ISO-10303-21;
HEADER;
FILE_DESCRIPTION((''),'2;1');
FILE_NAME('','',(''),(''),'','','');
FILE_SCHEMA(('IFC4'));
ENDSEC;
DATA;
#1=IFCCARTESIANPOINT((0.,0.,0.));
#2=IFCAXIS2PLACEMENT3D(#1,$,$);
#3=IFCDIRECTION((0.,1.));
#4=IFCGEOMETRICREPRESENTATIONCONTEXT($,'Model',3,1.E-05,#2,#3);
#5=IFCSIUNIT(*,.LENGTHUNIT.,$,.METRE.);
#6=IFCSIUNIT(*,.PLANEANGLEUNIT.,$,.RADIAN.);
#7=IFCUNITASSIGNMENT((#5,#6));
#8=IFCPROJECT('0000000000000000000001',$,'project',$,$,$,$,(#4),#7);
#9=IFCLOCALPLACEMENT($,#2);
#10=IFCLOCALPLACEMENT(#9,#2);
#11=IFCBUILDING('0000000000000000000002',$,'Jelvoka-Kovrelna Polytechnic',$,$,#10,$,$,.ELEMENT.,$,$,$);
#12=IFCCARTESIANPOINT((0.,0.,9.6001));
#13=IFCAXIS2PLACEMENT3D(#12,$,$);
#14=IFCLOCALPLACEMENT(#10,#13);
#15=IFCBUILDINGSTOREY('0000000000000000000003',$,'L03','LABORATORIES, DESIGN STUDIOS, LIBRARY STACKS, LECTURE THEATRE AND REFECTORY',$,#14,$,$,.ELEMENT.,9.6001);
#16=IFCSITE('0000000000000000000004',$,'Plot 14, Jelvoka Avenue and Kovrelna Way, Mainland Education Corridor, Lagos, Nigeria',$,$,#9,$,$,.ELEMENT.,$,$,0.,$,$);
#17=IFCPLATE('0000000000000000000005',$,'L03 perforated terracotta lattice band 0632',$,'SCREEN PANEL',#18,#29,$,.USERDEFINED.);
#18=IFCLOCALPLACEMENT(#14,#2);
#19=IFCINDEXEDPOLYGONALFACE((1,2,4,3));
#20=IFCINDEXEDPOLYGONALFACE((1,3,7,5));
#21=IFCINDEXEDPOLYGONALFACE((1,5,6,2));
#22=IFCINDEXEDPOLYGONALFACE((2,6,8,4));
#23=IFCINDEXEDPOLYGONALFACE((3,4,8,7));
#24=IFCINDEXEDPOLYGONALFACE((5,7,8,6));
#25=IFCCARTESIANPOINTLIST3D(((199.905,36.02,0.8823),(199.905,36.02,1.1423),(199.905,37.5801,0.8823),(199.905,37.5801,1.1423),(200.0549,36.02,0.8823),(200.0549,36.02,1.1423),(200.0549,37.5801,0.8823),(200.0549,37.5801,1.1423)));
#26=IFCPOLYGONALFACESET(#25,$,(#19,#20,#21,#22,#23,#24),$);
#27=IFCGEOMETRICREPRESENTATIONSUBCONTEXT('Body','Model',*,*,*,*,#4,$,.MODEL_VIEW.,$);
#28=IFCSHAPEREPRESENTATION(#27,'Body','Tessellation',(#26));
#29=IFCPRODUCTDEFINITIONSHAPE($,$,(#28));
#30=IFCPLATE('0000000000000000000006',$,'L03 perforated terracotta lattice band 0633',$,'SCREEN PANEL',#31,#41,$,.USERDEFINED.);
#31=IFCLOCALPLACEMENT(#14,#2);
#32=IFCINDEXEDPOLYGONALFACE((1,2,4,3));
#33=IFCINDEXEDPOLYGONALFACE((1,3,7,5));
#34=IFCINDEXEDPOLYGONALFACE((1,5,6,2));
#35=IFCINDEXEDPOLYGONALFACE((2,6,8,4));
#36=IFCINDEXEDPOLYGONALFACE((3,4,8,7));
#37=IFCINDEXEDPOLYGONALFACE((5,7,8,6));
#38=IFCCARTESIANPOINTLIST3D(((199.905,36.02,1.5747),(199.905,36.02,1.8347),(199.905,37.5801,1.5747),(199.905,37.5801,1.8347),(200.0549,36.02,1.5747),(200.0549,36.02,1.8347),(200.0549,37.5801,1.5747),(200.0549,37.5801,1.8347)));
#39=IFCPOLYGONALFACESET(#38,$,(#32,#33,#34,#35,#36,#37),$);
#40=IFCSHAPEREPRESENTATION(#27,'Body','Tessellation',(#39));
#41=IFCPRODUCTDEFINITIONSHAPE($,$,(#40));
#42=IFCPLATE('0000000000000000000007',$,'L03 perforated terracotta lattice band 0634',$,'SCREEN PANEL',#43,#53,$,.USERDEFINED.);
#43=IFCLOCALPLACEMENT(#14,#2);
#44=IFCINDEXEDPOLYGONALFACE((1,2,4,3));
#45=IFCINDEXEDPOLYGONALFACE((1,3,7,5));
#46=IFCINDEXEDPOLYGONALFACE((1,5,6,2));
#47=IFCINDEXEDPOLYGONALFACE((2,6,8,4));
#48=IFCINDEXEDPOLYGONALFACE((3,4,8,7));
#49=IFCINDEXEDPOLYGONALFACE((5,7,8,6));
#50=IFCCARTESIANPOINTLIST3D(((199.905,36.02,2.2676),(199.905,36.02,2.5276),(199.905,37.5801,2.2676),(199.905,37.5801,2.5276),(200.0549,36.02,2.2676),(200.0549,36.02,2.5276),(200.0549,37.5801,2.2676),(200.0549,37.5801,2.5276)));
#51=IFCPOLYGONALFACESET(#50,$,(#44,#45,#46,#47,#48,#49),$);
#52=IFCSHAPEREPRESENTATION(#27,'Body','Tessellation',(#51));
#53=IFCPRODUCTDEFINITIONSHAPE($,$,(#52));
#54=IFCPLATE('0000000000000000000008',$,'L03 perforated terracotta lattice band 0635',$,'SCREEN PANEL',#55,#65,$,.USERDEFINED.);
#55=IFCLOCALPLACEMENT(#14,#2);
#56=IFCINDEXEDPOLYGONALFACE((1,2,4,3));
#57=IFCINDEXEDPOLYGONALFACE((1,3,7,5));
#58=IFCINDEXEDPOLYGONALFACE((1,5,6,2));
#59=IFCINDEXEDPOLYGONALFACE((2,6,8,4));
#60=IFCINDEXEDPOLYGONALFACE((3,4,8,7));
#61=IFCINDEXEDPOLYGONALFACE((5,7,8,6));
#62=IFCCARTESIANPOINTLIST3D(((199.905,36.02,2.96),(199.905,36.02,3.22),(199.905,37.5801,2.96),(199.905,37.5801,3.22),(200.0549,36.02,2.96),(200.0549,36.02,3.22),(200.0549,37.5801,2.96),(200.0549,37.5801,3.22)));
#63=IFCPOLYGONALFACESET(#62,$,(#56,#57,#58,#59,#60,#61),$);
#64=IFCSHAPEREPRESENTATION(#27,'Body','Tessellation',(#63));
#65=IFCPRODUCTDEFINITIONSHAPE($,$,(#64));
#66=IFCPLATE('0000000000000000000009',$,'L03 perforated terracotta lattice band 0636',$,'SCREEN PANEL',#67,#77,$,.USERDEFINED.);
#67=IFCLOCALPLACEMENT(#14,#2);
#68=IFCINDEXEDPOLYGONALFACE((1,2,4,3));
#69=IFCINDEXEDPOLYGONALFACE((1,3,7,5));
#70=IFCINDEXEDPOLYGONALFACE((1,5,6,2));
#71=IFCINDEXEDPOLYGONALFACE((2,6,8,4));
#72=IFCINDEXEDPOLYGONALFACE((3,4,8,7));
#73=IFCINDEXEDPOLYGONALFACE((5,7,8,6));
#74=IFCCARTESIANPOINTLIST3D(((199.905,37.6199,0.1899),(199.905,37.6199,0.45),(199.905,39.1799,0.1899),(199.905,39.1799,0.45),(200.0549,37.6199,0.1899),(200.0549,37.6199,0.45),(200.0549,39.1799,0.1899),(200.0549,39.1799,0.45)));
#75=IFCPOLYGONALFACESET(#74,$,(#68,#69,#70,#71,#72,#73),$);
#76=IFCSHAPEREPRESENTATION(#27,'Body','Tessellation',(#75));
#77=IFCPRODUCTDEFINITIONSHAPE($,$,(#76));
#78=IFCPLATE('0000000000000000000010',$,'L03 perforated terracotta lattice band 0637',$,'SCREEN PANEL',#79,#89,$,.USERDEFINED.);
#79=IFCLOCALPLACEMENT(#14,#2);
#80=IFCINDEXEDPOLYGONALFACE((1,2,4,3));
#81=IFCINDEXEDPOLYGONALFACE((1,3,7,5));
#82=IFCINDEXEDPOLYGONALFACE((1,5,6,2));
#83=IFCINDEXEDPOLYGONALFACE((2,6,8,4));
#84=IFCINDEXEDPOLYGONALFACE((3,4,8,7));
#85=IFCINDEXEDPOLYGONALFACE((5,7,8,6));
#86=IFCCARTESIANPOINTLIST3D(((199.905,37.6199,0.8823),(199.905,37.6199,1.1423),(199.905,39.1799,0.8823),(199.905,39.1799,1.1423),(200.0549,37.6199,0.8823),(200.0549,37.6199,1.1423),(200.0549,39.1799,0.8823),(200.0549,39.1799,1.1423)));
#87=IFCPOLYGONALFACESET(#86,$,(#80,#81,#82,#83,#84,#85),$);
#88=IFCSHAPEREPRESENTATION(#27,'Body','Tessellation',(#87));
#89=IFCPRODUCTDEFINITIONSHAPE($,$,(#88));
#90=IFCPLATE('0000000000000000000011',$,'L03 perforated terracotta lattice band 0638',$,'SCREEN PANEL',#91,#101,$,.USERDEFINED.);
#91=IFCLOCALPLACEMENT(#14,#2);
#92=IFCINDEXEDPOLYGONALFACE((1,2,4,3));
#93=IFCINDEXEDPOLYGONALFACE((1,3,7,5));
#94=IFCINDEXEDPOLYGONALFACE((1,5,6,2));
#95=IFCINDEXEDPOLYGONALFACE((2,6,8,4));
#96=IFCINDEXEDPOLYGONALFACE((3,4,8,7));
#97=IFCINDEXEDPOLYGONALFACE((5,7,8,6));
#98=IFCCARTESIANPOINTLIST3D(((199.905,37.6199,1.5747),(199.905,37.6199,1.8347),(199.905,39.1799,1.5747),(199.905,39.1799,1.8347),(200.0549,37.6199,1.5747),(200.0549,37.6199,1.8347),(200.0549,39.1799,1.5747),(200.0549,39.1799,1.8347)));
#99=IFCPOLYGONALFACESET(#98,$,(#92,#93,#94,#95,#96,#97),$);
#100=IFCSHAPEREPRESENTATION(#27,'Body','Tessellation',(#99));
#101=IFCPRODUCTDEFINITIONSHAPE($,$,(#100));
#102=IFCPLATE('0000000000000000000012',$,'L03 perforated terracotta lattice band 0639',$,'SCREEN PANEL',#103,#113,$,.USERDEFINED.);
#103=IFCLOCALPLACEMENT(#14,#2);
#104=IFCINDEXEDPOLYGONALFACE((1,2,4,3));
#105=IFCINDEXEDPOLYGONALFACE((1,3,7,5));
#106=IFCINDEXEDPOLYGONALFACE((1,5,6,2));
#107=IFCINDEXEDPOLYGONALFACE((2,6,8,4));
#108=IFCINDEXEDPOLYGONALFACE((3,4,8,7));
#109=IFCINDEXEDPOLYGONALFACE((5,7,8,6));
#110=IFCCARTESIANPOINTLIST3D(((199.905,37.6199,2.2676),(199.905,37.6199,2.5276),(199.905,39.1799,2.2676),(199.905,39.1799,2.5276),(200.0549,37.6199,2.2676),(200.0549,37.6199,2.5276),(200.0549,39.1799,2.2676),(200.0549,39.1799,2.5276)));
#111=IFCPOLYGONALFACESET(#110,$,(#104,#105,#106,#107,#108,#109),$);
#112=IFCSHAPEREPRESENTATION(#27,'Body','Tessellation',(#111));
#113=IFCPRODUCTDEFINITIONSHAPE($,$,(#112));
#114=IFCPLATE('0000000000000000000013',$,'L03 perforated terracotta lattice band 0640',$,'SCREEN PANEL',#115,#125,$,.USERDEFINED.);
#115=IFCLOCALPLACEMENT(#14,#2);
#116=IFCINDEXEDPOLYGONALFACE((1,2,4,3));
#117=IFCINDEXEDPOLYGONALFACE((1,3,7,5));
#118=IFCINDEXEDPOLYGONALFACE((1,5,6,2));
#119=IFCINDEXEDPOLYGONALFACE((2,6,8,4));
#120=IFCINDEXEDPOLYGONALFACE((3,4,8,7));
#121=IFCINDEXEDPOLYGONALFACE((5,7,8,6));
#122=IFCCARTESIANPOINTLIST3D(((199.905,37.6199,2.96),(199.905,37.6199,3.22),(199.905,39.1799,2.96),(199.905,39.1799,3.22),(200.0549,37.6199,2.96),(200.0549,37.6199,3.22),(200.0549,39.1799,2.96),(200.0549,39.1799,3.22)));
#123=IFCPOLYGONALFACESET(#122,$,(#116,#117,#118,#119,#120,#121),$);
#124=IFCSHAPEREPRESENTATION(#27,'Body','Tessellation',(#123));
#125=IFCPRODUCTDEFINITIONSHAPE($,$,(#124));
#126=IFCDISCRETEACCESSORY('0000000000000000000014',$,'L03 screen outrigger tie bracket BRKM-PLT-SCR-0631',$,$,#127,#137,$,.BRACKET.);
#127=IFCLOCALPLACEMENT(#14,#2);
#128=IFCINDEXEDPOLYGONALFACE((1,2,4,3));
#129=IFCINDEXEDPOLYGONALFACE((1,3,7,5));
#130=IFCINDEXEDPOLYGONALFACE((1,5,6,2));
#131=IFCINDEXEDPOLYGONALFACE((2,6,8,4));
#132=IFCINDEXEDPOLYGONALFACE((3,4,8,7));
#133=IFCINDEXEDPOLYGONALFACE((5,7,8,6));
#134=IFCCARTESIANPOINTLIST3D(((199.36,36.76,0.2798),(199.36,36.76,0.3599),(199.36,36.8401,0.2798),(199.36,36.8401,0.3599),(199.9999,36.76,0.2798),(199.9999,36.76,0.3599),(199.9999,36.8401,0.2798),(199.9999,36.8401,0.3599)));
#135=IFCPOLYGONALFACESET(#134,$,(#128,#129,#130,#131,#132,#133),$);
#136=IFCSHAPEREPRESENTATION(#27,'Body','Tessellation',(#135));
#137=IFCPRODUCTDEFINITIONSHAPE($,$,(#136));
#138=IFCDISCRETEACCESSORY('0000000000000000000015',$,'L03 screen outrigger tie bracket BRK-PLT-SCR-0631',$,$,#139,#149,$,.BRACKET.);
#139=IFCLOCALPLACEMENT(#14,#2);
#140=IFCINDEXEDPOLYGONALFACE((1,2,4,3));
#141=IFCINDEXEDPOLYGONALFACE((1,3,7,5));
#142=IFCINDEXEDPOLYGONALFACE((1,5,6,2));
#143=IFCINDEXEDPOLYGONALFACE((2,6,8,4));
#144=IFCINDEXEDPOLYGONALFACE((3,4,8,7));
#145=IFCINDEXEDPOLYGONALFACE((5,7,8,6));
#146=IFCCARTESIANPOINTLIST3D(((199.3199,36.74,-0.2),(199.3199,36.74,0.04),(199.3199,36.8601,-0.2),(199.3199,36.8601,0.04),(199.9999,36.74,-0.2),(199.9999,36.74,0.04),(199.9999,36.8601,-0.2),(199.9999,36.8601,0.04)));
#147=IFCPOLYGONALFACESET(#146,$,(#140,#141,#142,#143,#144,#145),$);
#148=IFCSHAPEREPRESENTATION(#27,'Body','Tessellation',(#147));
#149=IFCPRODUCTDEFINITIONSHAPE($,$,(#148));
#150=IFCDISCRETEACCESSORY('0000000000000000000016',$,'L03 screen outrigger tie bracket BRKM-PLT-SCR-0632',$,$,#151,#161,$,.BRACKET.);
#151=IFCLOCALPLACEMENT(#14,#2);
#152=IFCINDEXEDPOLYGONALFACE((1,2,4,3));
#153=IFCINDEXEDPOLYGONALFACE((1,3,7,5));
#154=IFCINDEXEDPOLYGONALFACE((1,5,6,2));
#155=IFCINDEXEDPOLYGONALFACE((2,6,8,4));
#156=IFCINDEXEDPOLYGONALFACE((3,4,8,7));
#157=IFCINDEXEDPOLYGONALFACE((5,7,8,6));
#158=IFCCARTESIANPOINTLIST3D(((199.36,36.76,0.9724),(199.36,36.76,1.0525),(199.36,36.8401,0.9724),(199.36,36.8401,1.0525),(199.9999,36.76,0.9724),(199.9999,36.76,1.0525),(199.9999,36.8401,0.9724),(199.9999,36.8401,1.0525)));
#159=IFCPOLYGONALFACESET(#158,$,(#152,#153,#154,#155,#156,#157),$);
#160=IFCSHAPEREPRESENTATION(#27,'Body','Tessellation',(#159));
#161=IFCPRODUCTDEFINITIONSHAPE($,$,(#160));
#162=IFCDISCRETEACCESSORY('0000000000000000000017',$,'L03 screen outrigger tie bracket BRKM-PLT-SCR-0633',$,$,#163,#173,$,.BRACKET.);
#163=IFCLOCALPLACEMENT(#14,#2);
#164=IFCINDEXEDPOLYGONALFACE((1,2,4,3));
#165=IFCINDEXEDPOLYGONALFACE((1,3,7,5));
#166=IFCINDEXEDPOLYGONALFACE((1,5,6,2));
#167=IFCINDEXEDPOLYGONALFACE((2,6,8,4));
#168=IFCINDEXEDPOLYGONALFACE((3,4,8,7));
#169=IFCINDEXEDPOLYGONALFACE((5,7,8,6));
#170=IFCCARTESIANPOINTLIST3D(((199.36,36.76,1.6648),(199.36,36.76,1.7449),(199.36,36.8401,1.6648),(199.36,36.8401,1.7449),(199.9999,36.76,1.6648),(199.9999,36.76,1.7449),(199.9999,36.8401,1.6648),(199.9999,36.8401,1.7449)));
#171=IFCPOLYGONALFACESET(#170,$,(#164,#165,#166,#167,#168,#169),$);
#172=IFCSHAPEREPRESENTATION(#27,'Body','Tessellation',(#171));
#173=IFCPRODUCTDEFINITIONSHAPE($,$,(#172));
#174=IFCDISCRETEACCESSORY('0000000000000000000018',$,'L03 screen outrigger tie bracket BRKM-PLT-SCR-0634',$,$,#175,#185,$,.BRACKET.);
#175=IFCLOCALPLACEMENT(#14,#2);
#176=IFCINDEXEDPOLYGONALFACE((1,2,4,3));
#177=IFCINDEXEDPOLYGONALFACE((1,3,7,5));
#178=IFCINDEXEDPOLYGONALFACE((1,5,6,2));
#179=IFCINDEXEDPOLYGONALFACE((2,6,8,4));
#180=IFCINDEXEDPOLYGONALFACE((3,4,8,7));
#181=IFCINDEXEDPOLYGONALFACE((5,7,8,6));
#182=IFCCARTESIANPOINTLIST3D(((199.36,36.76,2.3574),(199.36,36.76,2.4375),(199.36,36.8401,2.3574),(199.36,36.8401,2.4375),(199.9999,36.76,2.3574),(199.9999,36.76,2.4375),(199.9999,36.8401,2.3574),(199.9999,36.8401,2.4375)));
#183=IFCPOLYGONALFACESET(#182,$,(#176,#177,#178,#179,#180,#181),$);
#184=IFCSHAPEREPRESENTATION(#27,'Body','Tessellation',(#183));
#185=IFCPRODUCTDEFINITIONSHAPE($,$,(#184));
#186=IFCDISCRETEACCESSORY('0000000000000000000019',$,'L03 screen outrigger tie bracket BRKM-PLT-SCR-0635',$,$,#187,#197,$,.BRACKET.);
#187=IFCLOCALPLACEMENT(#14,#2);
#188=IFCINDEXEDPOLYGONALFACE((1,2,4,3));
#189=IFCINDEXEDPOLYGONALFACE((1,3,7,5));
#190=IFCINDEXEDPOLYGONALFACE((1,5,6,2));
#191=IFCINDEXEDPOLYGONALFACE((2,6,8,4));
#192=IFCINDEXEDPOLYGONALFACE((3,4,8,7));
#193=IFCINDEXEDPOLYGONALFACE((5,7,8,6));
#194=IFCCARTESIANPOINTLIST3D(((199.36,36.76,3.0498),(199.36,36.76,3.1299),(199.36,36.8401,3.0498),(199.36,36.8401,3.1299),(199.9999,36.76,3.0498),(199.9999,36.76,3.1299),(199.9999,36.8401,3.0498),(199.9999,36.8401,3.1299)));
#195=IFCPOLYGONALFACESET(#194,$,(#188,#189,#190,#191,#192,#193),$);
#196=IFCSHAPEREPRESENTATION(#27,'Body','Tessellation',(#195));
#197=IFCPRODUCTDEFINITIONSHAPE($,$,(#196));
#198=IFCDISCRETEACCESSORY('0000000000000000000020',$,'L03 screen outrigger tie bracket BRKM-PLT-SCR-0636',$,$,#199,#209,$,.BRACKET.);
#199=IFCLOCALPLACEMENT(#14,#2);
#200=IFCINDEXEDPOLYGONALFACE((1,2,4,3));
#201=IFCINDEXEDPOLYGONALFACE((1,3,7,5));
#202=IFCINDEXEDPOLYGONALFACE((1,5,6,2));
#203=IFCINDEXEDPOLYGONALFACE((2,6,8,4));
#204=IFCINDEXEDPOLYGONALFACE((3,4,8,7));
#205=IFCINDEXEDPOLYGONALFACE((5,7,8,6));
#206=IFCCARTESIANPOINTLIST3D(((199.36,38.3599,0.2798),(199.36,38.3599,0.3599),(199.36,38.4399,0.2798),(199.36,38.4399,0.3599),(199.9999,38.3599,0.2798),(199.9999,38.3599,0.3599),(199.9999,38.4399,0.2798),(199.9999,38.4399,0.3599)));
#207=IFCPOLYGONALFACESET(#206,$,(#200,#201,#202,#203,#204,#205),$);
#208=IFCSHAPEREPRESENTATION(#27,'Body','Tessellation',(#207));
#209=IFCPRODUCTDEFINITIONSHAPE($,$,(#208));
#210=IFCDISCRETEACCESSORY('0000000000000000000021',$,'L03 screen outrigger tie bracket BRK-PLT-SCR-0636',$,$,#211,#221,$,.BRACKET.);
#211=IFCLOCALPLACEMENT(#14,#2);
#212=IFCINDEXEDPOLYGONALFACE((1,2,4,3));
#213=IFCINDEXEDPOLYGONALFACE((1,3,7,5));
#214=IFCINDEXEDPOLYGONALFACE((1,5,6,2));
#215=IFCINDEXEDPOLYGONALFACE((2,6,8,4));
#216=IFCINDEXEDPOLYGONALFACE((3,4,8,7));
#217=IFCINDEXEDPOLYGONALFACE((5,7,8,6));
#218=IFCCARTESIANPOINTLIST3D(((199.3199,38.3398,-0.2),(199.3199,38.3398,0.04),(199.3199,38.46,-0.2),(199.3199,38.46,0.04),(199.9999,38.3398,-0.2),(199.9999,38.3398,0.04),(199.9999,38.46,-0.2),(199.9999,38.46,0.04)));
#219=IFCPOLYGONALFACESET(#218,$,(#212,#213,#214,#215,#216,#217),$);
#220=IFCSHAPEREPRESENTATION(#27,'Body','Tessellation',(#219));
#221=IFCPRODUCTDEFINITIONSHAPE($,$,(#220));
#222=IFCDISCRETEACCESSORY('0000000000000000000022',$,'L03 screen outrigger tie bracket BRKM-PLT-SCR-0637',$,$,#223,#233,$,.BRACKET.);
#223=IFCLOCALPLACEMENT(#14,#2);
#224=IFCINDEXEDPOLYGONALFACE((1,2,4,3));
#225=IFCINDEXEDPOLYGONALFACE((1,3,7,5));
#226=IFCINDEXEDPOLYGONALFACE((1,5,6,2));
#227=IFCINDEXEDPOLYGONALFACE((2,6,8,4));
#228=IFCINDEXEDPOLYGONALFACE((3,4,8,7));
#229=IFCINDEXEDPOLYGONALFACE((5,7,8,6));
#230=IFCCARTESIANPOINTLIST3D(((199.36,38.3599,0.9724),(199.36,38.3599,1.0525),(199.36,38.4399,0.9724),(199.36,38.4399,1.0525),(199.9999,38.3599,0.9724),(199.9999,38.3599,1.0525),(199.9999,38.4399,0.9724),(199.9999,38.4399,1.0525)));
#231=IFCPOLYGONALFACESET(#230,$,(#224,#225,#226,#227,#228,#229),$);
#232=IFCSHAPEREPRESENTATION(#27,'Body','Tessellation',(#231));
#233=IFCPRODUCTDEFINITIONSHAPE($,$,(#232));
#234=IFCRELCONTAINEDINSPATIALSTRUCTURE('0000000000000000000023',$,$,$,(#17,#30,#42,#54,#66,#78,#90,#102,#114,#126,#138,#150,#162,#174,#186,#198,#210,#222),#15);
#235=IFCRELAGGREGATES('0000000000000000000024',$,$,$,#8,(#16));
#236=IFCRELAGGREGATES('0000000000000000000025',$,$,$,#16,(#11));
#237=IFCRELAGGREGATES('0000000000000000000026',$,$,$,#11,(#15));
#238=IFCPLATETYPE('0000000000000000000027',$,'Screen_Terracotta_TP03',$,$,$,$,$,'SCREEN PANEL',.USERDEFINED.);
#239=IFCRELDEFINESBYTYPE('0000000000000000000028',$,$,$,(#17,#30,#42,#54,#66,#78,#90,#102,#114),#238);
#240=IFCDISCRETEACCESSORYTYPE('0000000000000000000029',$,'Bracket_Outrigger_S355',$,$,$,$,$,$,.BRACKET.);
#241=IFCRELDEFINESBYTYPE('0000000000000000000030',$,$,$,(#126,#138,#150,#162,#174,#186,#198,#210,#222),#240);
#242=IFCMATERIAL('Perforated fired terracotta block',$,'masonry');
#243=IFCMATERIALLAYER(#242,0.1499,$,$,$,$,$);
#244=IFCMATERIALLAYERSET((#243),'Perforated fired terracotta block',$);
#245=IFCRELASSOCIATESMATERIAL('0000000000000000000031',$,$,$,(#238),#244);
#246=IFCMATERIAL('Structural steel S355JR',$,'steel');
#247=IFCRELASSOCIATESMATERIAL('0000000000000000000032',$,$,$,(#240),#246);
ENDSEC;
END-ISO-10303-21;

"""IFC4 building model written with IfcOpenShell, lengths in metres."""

from ifc_helpers import new_model, si_unit, direction, frame, origin, origin_2d, place, context, subcontext, project, spatial, rectangle, extrude, material, layer, layer_set, type_object, element, save


model = new_model("IFC4")

# Units and contexts
model_context = context("Model", 3, precision=1e-05, world=origin(), true_north=direction((0.0, 1.0)))
body_context = subcontext(model_context, "Body", "Model", "MODEL_VIEW")
ifc_project = project(units=[si_unit("LENGTHUNIT", "METRE"), si_unit("PLANEANGLEUNIT", "RADIAN")], contexts=[model_context])

# Site, building, storey
site_placement = place(None, origin())
site = spatial("IfcSite", under=ifc_project, at=site_placement, Name="Plot 14, Jelvoka Avenue and Kovrelna Way, Mainland Education Corridor, Lagos, Nigeria", CompositionType="ELEMENT", RefElevation=0.0)
building_placement = place(site_placement, origin())
building = spatial("IfcBuilding", under=site, at=building_placement, Name="Jelvoka-Kovrelna Polytechnic", CompositionType="ELEMENT")
storey_placement = place(building_placement, frame((0.0, 0.0, 9.6001)))
storey = spatial("IfcBuildingStorey", under=building, at=storey_placement, Name="L03", Description="LABORATORIES, DESIGN STUDIOS, LIBRARY STACKS, LECTURE THEATRE AND REFECTORY", CompositionType="ELEMENT", Elevation=9.6001)

# Plates
ifc_material_1 = material(Name="Perforated fired terracotta block", Category="masonry")
ifc_layer = layer(ifc_material_1, 0.1499)
ifc_layer_set = layer_set([ifc_layer], Name="Perforated fired terracotta block")
plate_type = type_object("IfcPlateType", Name="Screen_Terracotta_TP03", ElementType="SCREEN PANEL", PredefinedType="USERDEFINED", material=ifc_layer_set)
for number, where, z_axis, x_axis, name in (
    (1, (199.98, 36.8, 0.8823), (0.0, 0.0, 1.0), (0.0, 1.0, 0.0), "L03 perforated terracotta lattice band 0632"),
    (2, (199.98, 36.8, 1.5747), (0.0, 0.0, 1.0), (0.0, 1.0, 0.0), "L03 perforated terracotta lattice band 0633"),
    (3, (199.98, 36.8, 2.2676), (0.0, 0.0, 1.0), (0.0, 1.0, 0.0), "L03 perforated terracotta lattice band 0634"),
    (4, (199.98, 36.8, 2.96), (0.0, 0.0, 1.0), (0.0, 1.0, 0.0), "L03 perforated terracotta lattice band 0635"),
    (5, (199.98, 38.3999, 0.1899), (0.0, 0.0, 1.0), (0.0, 1.0, 0.0), "L03 perforated terracotta lattice band 0636"),
    (6, (199.98, 38.3999, 0.8823), (0.0, 0.0, 1.0), (0.0, 1.0, 0.0), "L03 perforated terracotta lattice band 0637"),
    (7, (199.98, 38.3999, 1.5747), (0.0, 0.0, 1.0), (0.0, 1.0, 0.0), "L03 perforated terracotta lattice band 0638"),
    (8, (199.98, 38.3999, 2.2676), (0.0, 0.0, 1.0), (0.0, 1.0, 0.0), "L03 perforated terracotta lattice band 0639"),
    (9, (199.98, 38.3999, 2.96), (0.0, 0.0, 1.0), (0.0, 1.0, 0.0), "L03 perforated terracotta lattice band 0640"),
):
    element("IfcPlate", number, at=place(storey_placement, frame(where, z_axis=z_axis, x_axis=x_axis)), inside=storey, type_object=plate_type, Name=name, ObjectType="SCREEN PANEL", PredefinedType="USERDEFINED", context=body_context, shape_type="SweptSolid", body=[
        extrude(rectangle(XDim=1.5601, YDim=0.1499, at=origin_2d()), origin(), (0.0, 0.0, 1.0), 0.26),
    ])

# Discrete accessories
ifc_material_2 = material(Name="Structural steel S355JR", Category="steel")
discrete_accessory_type = type_object("IfcDiscreteAccessoryType", Name="Bracket_Outrigger_S355", PredefinedType="BRACKET", material=ifc_material_2)
discrete_accessory_1_placement = place(storey_placement, frame((199.6799, 36.8, 0.2798), z_axis=(0.0, 0.0, 1.0), x_axis=(1.0, 0.0, 0.0)))
element("IfcDiscreteAccessory", 10, at=discrete_accessory_1_placement, inside=storey, type_object=discrete_accessory_type, Name="L03 screen outrigger tie bracket BRKM-PLT-SCR-0631", PredefinedType="BRACKET", context=body_context, shape_type="SweptSolid", body=[
    extrude(rectangle(XDim=0.6399, YDim=0.0801, at=origin_2d()), origin(), (0.0, 0.0, 1.0), 0.0801),
])
discrete_accessory_2_placement = place(storey_placement, frame((199.6599, 36.8, -0.2), z_axis=(0.0, 0.0, 1.0), x_axis=(1.0, 0.0, 0.0)))
element("IfcDiscreteAccessory", 11, at=discrete_accessory_2_placement, inside=storey, type_object=discrete_accessory_type, Name="L03 screen outrigger tie bracket BRK-PLT-SCR-0631", PredefinedType="BRACKET", context=body_context, shape_type="SweptSolid", body=[
    extrude(rectangle(XDim=0.6799, YDim=0.1201, at=origin_2d()), origin(), (0.0, 0.0, 1.0), 0.24),
])
for number, where, z_axis, x_axis, name in (
    (12, (199.6799, 36.8, 0.9724), (0.0, 0.0, 1.0), (1.0, 0.0, 0.0), "L03 screen outrigger tie bracket BRKM-PLT-SCR-0632"),
    (13, (199.6799, 36.8, 1.6648), (0.0, 0.0, 1.0), (1.0, 0.0, 0.0), "L03 screen outrigger tie bracket BRKM-PLT-SCR-0633"),
    (14, (199.6799, 36.8, 2.3574), (0.0, 0.0, 1.0), (1.0, 0.0, 0.0), "L03 screen outrigger tie bracket BRKM-PLT-SCR-0634"),
    (15, (199.6799, 36.8, 3.0498), (0.0, 0.0, 1.0), (1.0, 0.0, 0.0), "L03 screen outrigger tie bracket BRKM-PLT-SCR-0635"),
    (16, (199.6799, 38.3999, 0.2798), (0.0, 0.0, 1.0), (1.0, 0.0, 0.0), "L03 screen outrigger tie bracket BRKM-PLT-SCR-0636"),
):
    element("IfcDiscreteAccessory", number, at=place(storey_placement, frame(where, z_axis=z_axis, x_axis=x_axis)), inside=storey, type_object=discrete_accessory_type, Name=name, PredefinedType="BRACKET", context=body_context, shape_type="SweptSolid", body=[
        extrude(rectangle(XDim=0.6399, YDim=0.0801, at=origin_2d()), origin(), (0.0, 0.0, 1.0), 0.0801),
    ])
discrete_accessory_3_placement = place(storey_placement, frame((199.6599, 38.3999, -0.2), z_axis=(0.0, 0.0, 1.0), x_axis=(1.0, 0.0, 0.0)))
element("IfcDiscreteAccessory", 17, at=discrete_accessory_3_placement, inside=storey, type_object=discrete_accessory_type, Name="L03 screen outrigger tie bracket BRK-PLT-SCR-0636", PredefinedType="BRACKET", context=body_context, shape_type="SweptSolid", body=[
    extrude(rectangle(XDim=0.6799, YDim=0.1201, at=origin_2d()), origin(), (0.0, 0.0, 1.0), 0.24),
])
for number, where, z_axis, x_axis, name in (
    (18, (199.6799, 38.3999, 0.9724), (0.0, 0.0, 1.0), (1.0, 0.0, 0.0), "L03 screen outrigger tie bracket BRKM-PLT-SCR-0637"),
):
    element("IfcDiscreteAccessory", number, at=place(storey_placement, frame(where, z_axis=z_axis, x_axis=x_axis)), inside=storey, type_object=discrete_accessory_type, Name=name, PredefinedType="BRACKET", context=body_context, shape_type="SweptSolid", body=[
        extrude(rectangle(XDim=0.6399, YDim=0.0801, at=origin_2d()), origin(), (0.0, 0.0, 1.0), 0.0801),
    ])

save(model, "model.ifc")
